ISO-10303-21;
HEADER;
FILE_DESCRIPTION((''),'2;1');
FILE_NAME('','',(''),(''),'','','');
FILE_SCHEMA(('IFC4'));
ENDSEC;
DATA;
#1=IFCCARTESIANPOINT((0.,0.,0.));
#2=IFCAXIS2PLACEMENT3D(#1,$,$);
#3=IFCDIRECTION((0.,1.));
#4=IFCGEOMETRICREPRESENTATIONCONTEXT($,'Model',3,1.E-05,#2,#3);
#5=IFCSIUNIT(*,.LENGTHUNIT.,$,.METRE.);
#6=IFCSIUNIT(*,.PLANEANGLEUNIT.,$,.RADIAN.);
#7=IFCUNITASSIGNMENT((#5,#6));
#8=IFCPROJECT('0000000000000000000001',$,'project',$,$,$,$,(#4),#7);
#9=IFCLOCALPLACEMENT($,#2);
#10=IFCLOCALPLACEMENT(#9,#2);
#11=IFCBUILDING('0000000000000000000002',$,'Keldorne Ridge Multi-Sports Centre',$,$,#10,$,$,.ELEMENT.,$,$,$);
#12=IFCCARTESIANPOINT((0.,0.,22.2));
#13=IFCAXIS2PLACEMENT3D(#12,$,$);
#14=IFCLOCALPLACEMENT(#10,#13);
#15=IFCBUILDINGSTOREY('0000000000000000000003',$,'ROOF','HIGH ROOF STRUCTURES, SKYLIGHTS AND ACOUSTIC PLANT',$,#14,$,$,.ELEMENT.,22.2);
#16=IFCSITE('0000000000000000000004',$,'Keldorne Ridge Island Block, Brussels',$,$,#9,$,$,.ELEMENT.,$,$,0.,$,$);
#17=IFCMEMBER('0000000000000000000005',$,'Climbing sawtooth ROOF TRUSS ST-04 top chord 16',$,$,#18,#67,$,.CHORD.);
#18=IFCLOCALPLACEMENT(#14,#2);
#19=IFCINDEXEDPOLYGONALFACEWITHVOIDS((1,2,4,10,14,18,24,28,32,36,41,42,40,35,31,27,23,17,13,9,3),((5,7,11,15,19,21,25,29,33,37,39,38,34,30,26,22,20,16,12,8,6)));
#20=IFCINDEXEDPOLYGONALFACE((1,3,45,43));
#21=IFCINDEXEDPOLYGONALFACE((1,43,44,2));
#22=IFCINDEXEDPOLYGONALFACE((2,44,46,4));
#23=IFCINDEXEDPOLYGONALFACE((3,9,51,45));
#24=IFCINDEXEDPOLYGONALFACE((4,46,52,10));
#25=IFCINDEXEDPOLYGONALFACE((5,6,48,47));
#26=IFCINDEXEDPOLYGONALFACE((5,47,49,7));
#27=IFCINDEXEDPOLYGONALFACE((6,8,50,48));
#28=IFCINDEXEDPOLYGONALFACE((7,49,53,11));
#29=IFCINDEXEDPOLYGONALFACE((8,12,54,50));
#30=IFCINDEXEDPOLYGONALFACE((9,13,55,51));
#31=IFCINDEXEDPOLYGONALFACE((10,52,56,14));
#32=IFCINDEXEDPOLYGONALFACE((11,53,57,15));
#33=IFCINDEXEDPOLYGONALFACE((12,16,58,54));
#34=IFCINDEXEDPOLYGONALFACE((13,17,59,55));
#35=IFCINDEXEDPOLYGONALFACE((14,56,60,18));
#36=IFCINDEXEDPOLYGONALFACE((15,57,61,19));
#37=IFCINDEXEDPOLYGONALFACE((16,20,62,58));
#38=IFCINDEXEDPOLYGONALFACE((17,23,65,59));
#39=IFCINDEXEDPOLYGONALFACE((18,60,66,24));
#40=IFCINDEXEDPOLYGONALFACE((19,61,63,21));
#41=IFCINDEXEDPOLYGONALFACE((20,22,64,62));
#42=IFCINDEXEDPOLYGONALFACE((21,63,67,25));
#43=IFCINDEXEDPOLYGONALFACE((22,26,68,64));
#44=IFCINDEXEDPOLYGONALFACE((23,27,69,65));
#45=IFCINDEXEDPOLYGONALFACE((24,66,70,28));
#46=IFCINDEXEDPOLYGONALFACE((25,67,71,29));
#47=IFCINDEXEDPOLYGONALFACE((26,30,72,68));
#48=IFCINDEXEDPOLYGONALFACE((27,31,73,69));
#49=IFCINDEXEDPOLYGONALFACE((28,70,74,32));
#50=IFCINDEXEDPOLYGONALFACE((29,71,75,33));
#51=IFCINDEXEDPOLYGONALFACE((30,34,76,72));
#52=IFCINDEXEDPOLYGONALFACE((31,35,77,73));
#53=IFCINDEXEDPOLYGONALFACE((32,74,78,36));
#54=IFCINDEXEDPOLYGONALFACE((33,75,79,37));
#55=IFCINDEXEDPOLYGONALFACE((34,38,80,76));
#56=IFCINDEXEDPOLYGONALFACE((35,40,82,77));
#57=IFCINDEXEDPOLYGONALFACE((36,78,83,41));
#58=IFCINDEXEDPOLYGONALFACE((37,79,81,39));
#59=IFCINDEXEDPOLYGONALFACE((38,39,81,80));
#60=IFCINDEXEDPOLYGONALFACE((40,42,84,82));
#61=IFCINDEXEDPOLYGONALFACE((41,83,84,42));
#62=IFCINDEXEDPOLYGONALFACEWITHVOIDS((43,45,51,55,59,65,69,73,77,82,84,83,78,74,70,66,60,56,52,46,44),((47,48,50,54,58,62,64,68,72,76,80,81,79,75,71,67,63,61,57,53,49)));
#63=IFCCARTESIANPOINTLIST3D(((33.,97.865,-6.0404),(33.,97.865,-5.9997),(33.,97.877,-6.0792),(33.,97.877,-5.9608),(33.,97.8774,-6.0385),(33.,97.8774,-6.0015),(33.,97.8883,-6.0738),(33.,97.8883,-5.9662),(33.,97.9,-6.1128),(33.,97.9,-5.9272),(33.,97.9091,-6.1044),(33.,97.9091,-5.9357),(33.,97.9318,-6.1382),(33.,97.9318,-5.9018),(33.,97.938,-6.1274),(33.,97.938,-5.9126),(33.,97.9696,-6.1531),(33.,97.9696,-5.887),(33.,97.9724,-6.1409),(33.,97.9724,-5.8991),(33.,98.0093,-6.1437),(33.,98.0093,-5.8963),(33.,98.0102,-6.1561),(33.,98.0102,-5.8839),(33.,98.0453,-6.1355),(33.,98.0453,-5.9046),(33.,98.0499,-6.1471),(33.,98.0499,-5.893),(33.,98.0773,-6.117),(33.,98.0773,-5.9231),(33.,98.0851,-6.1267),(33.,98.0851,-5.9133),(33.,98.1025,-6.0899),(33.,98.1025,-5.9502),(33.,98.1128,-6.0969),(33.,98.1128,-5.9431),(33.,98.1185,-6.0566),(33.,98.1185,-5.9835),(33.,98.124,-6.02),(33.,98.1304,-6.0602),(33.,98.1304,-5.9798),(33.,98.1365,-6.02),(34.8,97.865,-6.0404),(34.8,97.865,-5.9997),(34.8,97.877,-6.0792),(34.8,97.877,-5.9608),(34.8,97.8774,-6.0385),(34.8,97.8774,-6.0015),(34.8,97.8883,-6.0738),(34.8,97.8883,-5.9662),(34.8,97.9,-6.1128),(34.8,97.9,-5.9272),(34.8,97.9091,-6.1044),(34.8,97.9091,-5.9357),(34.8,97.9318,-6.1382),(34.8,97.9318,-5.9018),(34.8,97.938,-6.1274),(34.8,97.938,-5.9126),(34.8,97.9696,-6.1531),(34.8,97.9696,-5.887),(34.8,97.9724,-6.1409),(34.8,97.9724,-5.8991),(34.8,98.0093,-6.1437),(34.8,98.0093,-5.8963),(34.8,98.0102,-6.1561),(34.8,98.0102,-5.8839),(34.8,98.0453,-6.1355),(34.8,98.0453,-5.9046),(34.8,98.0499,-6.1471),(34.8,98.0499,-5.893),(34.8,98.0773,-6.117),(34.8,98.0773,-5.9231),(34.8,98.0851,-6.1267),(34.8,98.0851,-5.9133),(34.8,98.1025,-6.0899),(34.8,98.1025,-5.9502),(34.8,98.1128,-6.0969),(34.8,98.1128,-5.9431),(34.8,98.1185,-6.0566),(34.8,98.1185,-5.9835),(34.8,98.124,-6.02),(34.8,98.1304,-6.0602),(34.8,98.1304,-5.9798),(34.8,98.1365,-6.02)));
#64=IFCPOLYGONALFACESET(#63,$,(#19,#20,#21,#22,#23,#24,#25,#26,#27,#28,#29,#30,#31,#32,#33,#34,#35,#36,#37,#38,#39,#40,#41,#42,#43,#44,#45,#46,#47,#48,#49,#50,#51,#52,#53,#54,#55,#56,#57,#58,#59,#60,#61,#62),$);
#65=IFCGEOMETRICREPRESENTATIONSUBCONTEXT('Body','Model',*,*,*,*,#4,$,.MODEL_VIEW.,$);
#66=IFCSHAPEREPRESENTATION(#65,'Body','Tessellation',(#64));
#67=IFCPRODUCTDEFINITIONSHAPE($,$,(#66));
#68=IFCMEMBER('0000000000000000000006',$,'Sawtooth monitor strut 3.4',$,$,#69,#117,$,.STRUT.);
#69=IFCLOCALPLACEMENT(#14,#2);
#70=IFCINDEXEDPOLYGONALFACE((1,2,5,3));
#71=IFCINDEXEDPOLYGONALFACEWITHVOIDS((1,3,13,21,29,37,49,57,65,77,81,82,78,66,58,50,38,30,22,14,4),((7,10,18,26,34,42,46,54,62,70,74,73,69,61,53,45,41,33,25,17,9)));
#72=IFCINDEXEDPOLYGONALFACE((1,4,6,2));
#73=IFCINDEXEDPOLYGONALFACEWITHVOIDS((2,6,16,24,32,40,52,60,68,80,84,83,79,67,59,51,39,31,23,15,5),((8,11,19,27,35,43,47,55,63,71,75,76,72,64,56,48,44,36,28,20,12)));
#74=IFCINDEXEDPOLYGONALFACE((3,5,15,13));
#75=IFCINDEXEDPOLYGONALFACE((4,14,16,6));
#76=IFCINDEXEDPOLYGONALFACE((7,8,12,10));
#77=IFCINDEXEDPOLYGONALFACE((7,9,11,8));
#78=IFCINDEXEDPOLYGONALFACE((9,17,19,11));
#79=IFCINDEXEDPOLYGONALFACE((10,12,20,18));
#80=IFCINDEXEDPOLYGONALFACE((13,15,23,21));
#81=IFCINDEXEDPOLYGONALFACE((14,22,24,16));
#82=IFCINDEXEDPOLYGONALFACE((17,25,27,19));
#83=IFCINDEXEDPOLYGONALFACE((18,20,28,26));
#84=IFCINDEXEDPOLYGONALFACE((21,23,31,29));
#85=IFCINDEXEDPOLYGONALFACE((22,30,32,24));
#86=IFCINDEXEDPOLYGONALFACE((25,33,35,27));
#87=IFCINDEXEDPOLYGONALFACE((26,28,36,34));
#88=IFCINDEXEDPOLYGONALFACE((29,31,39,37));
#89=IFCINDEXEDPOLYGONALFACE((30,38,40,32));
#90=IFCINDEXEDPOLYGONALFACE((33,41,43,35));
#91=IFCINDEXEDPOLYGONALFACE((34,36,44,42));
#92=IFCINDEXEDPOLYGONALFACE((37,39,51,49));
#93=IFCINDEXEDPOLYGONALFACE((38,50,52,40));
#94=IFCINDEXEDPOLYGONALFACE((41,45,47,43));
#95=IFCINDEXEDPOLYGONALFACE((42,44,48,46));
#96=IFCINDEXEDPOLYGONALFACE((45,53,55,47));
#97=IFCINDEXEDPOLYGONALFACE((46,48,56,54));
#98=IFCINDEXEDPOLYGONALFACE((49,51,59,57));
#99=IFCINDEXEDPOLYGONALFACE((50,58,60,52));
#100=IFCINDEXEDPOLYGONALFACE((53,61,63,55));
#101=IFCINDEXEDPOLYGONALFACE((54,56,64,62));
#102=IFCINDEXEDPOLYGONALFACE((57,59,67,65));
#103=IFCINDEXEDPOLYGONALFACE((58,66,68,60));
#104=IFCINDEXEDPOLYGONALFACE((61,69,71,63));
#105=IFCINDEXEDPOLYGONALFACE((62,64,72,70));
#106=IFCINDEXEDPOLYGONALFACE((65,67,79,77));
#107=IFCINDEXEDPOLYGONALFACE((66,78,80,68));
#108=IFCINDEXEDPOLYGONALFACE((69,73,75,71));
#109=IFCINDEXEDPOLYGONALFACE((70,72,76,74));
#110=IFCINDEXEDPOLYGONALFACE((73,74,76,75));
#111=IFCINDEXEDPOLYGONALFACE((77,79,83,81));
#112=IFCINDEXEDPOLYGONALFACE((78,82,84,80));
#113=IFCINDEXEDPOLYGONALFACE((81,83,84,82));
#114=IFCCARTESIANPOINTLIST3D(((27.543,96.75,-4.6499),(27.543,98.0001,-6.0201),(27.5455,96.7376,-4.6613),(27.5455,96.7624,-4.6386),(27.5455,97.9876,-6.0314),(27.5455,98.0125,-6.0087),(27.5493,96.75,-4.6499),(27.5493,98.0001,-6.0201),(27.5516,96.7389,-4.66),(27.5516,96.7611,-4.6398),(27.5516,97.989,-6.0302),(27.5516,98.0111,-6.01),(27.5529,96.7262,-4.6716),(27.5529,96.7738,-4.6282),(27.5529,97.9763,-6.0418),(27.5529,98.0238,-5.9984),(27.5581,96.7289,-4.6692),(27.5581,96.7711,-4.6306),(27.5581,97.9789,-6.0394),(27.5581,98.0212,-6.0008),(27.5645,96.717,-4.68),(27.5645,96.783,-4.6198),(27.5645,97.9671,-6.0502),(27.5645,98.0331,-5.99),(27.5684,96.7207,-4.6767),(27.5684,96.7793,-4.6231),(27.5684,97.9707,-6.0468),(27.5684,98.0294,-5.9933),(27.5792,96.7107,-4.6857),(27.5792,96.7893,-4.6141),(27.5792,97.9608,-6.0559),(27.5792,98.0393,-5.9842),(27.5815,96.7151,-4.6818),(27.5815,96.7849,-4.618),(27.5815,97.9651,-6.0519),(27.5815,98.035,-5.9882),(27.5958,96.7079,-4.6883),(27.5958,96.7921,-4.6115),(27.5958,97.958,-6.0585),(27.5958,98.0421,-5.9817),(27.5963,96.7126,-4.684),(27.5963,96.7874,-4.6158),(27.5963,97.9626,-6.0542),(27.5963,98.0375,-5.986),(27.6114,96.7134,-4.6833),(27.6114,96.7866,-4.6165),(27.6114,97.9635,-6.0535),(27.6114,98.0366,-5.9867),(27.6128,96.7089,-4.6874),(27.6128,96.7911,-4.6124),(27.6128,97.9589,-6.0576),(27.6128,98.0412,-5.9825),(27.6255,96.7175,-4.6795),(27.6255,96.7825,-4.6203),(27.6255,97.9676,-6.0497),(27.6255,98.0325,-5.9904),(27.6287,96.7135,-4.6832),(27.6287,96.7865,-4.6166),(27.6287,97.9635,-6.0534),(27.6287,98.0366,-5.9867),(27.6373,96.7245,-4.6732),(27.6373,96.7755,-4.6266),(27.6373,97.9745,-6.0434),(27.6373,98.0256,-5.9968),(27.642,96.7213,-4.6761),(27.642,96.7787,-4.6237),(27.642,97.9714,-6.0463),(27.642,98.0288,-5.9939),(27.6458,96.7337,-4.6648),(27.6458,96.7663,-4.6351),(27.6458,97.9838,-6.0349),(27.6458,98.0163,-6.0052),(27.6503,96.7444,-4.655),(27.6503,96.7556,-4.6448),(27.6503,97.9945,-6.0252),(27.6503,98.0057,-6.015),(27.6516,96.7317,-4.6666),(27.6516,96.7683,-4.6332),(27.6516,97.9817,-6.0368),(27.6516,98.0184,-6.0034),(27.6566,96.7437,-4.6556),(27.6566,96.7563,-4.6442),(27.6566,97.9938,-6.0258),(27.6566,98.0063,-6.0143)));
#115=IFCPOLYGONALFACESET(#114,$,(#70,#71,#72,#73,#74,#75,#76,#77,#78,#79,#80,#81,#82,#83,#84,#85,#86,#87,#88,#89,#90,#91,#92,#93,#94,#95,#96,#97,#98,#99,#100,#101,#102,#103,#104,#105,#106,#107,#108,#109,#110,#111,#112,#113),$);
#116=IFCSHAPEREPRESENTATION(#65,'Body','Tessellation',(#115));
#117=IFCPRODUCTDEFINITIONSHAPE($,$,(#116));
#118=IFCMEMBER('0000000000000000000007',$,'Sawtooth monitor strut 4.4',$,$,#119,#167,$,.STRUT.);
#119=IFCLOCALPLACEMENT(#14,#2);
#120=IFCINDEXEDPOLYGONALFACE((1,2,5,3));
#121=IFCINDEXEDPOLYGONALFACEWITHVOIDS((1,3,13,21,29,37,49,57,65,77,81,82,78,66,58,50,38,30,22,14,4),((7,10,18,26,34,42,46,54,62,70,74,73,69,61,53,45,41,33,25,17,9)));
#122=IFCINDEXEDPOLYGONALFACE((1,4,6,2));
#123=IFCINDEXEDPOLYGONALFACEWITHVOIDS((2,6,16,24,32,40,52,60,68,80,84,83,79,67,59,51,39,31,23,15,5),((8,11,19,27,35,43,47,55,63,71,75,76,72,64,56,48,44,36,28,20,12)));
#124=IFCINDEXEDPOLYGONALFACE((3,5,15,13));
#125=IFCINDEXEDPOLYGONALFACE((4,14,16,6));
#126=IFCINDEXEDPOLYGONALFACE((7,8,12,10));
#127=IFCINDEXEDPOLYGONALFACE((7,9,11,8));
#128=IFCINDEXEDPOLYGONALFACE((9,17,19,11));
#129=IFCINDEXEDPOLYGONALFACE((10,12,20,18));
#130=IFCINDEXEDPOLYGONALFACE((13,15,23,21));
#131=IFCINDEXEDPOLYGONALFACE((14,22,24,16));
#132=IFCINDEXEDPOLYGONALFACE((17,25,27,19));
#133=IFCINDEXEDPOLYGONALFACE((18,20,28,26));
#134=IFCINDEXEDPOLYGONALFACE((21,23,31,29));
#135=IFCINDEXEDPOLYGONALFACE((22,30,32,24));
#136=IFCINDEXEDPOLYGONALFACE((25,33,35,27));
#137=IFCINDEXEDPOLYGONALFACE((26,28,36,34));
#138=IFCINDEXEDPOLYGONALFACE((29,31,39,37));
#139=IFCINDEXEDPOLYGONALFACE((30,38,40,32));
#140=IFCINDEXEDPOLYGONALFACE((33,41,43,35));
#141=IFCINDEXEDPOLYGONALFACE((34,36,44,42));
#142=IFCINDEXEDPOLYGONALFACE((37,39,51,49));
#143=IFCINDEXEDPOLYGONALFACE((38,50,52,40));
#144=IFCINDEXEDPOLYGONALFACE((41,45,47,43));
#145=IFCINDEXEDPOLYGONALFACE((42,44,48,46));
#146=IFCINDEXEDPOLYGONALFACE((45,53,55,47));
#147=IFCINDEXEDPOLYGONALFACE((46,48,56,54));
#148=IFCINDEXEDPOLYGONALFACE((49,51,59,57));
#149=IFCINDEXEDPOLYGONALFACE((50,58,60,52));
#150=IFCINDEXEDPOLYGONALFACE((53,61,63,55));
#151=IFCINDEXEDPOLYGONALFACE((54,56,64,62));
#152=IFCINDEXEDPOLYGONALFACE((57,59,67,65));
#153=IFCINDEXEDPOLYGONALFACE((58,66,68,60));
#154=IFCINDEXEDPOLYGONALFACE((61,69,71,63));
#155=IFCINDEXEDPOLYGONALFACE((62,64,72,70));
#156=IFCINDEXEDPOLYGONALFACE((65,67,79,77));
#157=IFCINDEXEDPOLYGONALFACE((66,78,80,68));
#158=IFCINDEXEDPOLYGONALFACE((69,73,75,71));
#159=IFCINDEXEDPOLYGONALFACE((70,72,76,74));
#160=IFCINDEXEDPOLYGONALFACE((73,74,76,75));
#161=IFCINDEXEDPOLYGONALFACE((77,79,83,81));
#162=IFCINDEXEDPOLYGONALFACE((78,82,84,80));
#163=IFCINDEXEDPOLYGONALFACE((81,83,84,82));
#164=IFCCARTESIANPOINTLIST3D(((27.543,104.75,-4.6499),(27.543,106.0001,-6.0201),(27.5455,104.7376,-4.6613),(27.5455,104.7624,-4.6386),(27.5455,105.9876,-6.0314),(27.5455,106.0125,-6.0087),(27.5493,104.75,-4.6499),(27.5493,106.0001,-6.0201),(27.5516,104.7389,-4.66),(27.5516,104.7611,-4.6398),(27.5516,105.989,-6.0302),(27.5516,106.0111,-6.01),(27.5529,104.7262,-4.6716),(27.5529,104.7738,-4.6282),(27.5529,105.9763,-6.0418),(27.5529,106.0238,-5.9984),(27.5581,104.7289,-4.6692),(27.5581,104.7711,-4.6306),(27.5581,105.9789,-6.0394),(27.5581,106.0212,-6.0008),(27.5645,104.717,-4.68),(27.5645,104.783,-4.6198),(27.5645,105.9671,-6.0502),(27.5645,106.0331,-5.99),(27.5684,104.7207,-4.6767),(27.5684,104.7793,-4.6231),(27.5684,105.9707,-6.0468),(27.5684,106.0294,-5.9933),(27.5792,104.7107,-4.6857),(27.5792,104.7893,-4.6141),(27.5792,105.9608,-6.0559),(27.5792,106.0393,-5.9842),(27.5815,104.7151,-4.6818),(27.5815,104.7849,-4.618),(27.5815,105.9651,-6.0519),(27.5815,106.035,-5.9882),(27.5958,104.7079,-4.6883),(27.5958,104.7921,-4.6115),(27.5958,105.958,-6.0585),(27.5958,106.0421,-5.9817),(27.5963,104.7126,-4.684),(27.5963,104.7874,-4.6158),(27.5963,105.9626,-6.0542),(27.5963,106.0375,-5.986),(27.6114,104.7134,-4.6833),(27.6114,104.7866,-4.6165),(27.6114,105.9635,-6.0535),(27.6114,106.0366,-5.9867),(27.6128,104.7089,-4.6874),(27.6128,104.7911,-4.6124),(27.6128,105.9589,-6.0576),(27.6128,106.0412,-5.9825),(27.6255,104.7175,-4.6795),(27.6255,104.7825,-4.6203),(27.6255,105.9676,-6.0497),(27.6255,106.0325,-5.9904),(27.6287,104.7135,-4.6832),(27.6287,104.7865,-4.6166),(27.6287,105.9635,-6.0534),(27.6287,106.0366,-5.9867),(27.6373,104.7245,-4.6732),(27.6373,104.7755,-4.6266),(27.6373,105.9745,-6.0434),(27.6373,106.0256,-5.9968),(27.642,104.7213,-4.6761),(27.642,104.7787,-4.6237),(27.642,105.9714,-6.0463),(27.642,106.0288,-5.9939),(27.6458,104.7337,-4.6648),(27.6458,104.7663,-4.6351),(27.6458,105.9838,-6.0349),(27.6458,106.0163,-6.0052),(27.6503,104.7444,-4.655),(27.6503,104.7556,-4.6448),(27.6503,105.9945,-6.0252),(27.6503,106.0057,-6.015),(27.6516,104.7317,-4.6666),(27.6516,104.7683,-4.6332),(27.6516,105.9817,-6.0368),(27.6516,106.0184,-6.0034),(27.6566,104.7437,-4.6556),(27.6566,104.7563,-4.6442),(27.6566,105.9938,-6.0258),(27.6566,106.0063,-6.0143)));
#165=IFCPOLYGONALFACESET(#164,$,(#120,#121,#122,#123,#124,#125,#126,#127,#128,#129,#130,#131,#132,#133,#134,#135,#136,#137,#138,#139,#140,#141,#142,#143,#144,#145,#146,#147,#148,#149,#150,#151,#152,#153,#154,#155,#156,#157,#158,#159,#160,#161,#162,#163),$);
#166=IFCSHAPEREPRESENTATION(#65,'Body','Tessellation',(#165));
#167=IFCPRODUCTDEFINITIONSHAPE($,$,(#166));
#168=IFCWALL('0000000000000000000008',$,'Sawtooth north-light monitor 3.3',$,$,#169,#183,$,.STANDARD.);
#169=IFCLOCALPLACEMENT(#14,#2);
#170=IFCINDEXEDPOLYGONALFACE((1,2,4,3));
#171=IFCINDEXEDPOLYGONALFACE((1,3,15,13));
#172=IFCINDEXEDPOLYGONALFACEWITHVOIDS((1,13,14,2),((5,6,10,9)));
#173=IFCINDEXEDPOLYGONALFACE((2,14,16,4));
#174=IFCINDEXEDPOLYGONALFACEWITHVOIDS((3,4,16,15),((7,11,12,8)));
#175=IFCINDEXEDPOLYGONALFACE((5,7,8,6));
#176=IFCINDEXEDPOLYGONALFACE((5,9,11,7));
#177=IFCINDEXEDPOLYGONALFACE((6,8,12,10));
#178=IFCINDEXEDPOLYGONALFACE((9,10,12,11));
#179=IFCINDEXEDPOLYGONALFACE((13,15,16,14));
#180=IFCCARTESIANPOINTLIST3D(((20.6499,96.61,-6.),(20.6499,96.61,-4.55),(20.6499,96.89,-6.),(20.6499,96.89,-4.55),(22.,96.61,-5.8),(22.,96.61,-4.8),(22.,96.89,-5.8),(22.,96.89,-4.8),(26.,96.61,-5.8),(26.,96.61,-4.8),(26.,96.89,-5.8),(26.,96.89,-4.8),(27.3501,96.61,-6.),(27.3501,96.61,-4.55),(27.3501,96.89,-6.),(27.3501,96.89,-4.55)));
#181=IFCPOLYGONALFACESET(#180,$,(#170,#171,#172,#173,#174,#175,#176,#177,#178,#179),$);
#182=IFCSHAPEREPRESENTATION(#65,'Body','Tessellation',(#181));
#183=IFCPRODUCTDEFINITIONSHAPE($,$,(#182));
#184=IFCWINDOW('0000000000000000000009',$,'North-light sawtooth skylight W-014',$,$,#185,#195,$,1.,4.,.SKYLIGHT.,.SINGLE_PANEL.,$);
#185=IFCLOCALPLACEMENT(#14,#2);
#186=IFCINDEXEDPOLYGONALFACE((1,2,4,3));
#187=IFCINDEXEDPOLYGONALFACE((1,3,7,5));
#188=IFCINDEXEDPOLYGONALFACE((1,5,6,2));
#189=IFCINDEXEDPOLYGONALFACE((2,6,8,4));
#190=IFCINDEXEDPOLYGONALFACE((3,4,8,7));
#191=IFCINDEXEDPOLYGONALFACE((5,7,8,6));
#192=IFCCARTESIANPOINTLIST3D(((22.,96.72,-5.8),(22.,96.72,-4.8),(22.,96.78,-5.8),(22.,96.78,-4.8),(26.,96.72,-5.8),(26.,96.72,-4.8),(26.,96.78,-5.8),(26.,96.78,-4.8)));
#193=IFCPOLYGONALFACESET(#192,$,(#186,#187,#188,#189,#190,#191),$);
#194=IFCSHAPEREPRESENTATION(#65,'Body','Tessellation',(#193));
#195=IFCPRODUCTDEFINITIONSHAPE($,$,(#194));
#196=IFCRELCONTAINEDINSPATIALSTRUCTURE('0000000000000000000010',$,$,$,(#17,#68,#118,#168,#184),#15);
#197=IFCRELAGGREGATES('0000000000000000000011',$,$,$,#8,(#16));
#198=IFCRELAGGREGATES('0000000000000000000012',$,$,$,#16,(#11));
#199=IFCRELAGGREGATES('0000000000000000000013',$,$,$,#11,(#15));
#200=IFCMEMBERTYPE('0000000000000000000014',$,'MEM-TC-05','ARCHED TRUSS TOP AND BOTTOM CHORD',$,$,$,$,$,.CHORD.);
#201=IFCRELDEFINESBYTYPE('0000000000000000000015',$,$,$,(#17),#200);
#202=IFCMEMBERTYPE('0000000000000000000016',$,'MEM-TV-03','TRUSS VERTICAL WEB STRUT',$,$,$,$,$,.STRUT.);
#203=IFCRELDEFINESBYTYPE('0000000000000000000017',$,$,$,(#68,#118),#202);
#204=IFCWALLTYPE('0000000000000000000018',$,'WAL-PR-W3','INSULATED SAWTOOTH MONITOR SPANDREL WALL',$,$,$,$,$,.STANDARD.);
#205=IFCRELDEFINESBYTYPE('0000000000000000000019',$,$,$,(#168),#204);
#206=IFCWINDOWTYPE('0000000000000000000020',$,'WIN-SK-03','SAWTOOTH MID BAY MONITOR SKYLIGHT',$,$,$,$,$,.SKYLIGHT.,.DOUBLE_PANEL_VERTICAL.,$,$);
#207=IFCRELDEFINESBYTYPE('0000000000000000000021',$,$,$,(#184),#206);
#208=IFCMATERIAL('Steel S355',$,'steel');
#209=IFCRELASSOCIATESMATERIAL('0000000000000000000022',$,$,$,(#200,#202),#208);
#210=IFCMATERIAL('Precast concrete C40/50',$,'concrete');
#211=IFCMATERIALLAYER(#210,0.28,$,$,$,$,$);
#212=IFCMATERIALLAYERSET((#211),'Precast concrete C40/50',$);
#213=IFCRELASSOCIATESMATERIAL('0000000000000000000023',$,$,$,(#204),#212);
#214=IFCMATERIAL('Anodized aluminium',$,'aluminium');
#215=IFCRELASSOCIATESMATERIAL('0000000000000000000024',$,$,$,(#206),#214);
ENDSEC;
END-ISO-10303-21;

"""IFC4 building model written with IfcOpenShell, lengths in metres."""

from ifc_helpers import new_model, si_unit, direction, frame, frame_2d, origin, origin_2d, place, context, subcontext, project, spatial, rectangle, hollow_circle, extrude, material, layer, layer_set, material_profile, profile_set, type_object, element, fill, save


model = new_model("IFC4")

# Units and contexts
model_context = context("Model", 3, precision=1e-05, world=origin(), true_north=direction((0.0, 1.0)))
body_context = subcontext(model_context, "Body", "Model", "MODEL_VIEW")
ifc_project = project(units=[si_unit("LENGTHUNIT", "METRE"), si_unit("PLANEANGLEUNIT", "RADIAN")], contexts=[model_context])

# Site, building, storey
site_placement = place(None, origin())
site = spatial("IfcSite", under=ifc_project, at=site_placement, Name="Keldorne Ridge Island Block, Brussels", CompositionType="ELEMENT", RefElevation=0.0)
building_placement = place(site_placement, origin())
building = spatial("IfcBuilding", under=site, at=building_placement, Name="Keldorne Ridge Multi-Sports Centre", CompositionType="ELEMENT")
storey_placement = place(building_placement, frame((0.0, 0.0, 22.2)))
storey = spatial("IfcBuildingStorey", under=building, at=storey_placement, Name="ROOF", Description="HIGH ROOF STRUCTURES, SKYLIGHTS AND ACOUSTIC PLANT", CompositionType="ELEMENT", Elevation=22.2)

# Shared definitions
ifc_material_1 = material(Name="Steel S355", Category="steel")

# Members
ifc_material_profile_1 = material_profile(ifc_material_1, hollow_circle(Radius=0.1365, WallThickness=0.0125, at=origin_2d()), Name="CHS 273x12.5")
ifc_profile_set_1 = profile_set([ifc_material_profile_1], Name="Steel S355")
member_type_1 = type_object("IfcMemberType", Name="MEM-TC-05", Description="ARCHED TRUSS TOP AND BOTTOM CHORD", PredefinedType="CHORD", material=ifc_profile_set_1)
for number, where, z_axis, x_axis, name in (
    (1, (33.0, 98.0, -6.02), (1.0, 0.0, 0.0), (0.0, 1.0, 0.0), "Climbing sawtooth ROOF TRUSS ST-04 top chord 16"),
):
    element("IfcMember", number, at=place(storey_placement, frame(where, z_axis=z_axis, x_axis=x_axis)), inside=storey, type_object=member_type_1, Name=name, PredefinedType="CHORD", context=body_context, shape_type="SweptSolid", body=[
        extrude(hollow_circle(Radius=0.1365, WallThickness=0.0125, at=origin_2d()), origin(), (0.0, 0.0, 1.0), 1.8),
    ])
ifc_material_profile_2 = material_profile(ifc_material_1, hollow_circle(Radius=0.0571, WallThickness=0.0063, at=origin_2d()), Name="CHS 114.3x6.3")
ifc_profile_set_2 = profile_set([ifc_material_profile_2], Name="Steel S355")
member_type_2 = type_object("IfcMemberType", Name="MEM-TV-03", Description="TRUSS VERTICAL WEB STRUT", PredefinedType="STRUT", material=ifc_profile_set_2)
for number, where, z_axis, x_axis, name in (
    (2, (27.6001, 96.75, -4.6499), (0.0, 0.673982, -0.738748), (-1.0, 0.0, 0.0), "Sawtooth monitor strut 3.4"),
    (3, (27.6001, 104.75, -4.6499), (0.0, 0.673982, -0.738748), (-1.0, 0.0, 0.0), "Sawtooth monitor strut 4.4"),
):
    element("IfcMember", number, at=place(storey_placement, frame(where, z_axis=z_axis, x_axis=x_axis)), inside=storey, type_object=member_type_2, Name=name, PredefinedType="STRUT", context=body_context, shape_type="SweptSolid", body=[
        extrude(hollow_circle(Radius=0.0571, WallThickness=0.0063, at=origin_2d()), origin(), (0.0, 0.0, 1.0), 1.8547),
    ])

# Wall, opening, window
ifc_material_2 = material(Name="Precast concrete C40/50", Category="concrete")
ifc_layer = layer(ifc_material_2, 0.28)
ifc_layer_set = layer_set([ifc_layer], Name="Precast concrete C40/50")
wall_type = type_object("IfcWallType", Name="WAL-PR-W3", Description="INSULATED SAWTOOTH MONITOR SPANDREL WALL", PredefinedType="STANDARD", material=ifc_layer_set)
wall_1_placement = place(storey_placement, frame((27.3501, 96.75, -6.0), z_axis=(0.0, 0.0, 1.0), x_axis=(-1.0, 0.0, 0.0)))
wall_1 = element("IfcWall", 4, at=wall_1_placement, inside=storey, type_object=wall_type, Name="Sawtooth north-light monitor 3.3", PredefinedType="STANDARD", context=body_context, shape_type="SweptSolid", body=[
    extrude(rectangle(XDim=6.7002, YDim=0.28, at=frame_2d((3.3501, 0.0))), origin(), (0.0, 0.0, 1.0), 1.45),
])
opening_1_placement = place(wall_1_placement, frame((1.3501, 0.0, 0.2)))
opening_1 = element("IfcOpeningElement", 5, at=opening_1_placement, cuts=wall_1, PredefinedType="OPENING", context=body_context, shape_type="SweptSolid", body=[
    extrude(rectangle(XDim=4.0, YDim=1.0, at=frame_2d((2.0, 0.5))), frame((0.0, 0.1499, 0.0), z_axis=(0.0, -1.0, 0.0), x_axis=(1.0, 0.0, 0.0)), (0.0, 0.0, 1.0), 0.3),
])
ifc_material_3 = material(Name="Anodized aluminium", Category="aluminium")
window_type_1 = type_object("IfcWindowType", Name="WIN-SK-03", Description="SAWTOOTH MID BAY MONITOR SKYLIGHT", PartitioningType="DOUBLE_PANEL_VERTICAL", PredefinedType="SKYLIGHT", material=ifc_material_3)
window_1_placement = place(opening_1_placement, origin())
window_1 = element("IfcWindow", 6, at=window_1_placement, inside=storey, type_object=window_type_1, Name="North-light sawtooth skylight W-014", OverallHeight=1.0, OverallWidth=4.0, PartitioningType="SINGLE_PANEL", PredefinedType="SKYLIGHT", context=body_context, shape_type="SweptSolid", body=[
    extrude(rectangle(XDim=4.0, YDim=1.0, at=frame_2d((2.0, 0.5))), frame((0.0, 0.03, 0.0), z_axis=(0.0, -1.0, 0.0), x_axis=(1.0, 0.0, 0.0)), (0.0, 0.0, 1.0), 0.0601),
])
fill(opening_1, window_1)

save(model, "model.ifc")
